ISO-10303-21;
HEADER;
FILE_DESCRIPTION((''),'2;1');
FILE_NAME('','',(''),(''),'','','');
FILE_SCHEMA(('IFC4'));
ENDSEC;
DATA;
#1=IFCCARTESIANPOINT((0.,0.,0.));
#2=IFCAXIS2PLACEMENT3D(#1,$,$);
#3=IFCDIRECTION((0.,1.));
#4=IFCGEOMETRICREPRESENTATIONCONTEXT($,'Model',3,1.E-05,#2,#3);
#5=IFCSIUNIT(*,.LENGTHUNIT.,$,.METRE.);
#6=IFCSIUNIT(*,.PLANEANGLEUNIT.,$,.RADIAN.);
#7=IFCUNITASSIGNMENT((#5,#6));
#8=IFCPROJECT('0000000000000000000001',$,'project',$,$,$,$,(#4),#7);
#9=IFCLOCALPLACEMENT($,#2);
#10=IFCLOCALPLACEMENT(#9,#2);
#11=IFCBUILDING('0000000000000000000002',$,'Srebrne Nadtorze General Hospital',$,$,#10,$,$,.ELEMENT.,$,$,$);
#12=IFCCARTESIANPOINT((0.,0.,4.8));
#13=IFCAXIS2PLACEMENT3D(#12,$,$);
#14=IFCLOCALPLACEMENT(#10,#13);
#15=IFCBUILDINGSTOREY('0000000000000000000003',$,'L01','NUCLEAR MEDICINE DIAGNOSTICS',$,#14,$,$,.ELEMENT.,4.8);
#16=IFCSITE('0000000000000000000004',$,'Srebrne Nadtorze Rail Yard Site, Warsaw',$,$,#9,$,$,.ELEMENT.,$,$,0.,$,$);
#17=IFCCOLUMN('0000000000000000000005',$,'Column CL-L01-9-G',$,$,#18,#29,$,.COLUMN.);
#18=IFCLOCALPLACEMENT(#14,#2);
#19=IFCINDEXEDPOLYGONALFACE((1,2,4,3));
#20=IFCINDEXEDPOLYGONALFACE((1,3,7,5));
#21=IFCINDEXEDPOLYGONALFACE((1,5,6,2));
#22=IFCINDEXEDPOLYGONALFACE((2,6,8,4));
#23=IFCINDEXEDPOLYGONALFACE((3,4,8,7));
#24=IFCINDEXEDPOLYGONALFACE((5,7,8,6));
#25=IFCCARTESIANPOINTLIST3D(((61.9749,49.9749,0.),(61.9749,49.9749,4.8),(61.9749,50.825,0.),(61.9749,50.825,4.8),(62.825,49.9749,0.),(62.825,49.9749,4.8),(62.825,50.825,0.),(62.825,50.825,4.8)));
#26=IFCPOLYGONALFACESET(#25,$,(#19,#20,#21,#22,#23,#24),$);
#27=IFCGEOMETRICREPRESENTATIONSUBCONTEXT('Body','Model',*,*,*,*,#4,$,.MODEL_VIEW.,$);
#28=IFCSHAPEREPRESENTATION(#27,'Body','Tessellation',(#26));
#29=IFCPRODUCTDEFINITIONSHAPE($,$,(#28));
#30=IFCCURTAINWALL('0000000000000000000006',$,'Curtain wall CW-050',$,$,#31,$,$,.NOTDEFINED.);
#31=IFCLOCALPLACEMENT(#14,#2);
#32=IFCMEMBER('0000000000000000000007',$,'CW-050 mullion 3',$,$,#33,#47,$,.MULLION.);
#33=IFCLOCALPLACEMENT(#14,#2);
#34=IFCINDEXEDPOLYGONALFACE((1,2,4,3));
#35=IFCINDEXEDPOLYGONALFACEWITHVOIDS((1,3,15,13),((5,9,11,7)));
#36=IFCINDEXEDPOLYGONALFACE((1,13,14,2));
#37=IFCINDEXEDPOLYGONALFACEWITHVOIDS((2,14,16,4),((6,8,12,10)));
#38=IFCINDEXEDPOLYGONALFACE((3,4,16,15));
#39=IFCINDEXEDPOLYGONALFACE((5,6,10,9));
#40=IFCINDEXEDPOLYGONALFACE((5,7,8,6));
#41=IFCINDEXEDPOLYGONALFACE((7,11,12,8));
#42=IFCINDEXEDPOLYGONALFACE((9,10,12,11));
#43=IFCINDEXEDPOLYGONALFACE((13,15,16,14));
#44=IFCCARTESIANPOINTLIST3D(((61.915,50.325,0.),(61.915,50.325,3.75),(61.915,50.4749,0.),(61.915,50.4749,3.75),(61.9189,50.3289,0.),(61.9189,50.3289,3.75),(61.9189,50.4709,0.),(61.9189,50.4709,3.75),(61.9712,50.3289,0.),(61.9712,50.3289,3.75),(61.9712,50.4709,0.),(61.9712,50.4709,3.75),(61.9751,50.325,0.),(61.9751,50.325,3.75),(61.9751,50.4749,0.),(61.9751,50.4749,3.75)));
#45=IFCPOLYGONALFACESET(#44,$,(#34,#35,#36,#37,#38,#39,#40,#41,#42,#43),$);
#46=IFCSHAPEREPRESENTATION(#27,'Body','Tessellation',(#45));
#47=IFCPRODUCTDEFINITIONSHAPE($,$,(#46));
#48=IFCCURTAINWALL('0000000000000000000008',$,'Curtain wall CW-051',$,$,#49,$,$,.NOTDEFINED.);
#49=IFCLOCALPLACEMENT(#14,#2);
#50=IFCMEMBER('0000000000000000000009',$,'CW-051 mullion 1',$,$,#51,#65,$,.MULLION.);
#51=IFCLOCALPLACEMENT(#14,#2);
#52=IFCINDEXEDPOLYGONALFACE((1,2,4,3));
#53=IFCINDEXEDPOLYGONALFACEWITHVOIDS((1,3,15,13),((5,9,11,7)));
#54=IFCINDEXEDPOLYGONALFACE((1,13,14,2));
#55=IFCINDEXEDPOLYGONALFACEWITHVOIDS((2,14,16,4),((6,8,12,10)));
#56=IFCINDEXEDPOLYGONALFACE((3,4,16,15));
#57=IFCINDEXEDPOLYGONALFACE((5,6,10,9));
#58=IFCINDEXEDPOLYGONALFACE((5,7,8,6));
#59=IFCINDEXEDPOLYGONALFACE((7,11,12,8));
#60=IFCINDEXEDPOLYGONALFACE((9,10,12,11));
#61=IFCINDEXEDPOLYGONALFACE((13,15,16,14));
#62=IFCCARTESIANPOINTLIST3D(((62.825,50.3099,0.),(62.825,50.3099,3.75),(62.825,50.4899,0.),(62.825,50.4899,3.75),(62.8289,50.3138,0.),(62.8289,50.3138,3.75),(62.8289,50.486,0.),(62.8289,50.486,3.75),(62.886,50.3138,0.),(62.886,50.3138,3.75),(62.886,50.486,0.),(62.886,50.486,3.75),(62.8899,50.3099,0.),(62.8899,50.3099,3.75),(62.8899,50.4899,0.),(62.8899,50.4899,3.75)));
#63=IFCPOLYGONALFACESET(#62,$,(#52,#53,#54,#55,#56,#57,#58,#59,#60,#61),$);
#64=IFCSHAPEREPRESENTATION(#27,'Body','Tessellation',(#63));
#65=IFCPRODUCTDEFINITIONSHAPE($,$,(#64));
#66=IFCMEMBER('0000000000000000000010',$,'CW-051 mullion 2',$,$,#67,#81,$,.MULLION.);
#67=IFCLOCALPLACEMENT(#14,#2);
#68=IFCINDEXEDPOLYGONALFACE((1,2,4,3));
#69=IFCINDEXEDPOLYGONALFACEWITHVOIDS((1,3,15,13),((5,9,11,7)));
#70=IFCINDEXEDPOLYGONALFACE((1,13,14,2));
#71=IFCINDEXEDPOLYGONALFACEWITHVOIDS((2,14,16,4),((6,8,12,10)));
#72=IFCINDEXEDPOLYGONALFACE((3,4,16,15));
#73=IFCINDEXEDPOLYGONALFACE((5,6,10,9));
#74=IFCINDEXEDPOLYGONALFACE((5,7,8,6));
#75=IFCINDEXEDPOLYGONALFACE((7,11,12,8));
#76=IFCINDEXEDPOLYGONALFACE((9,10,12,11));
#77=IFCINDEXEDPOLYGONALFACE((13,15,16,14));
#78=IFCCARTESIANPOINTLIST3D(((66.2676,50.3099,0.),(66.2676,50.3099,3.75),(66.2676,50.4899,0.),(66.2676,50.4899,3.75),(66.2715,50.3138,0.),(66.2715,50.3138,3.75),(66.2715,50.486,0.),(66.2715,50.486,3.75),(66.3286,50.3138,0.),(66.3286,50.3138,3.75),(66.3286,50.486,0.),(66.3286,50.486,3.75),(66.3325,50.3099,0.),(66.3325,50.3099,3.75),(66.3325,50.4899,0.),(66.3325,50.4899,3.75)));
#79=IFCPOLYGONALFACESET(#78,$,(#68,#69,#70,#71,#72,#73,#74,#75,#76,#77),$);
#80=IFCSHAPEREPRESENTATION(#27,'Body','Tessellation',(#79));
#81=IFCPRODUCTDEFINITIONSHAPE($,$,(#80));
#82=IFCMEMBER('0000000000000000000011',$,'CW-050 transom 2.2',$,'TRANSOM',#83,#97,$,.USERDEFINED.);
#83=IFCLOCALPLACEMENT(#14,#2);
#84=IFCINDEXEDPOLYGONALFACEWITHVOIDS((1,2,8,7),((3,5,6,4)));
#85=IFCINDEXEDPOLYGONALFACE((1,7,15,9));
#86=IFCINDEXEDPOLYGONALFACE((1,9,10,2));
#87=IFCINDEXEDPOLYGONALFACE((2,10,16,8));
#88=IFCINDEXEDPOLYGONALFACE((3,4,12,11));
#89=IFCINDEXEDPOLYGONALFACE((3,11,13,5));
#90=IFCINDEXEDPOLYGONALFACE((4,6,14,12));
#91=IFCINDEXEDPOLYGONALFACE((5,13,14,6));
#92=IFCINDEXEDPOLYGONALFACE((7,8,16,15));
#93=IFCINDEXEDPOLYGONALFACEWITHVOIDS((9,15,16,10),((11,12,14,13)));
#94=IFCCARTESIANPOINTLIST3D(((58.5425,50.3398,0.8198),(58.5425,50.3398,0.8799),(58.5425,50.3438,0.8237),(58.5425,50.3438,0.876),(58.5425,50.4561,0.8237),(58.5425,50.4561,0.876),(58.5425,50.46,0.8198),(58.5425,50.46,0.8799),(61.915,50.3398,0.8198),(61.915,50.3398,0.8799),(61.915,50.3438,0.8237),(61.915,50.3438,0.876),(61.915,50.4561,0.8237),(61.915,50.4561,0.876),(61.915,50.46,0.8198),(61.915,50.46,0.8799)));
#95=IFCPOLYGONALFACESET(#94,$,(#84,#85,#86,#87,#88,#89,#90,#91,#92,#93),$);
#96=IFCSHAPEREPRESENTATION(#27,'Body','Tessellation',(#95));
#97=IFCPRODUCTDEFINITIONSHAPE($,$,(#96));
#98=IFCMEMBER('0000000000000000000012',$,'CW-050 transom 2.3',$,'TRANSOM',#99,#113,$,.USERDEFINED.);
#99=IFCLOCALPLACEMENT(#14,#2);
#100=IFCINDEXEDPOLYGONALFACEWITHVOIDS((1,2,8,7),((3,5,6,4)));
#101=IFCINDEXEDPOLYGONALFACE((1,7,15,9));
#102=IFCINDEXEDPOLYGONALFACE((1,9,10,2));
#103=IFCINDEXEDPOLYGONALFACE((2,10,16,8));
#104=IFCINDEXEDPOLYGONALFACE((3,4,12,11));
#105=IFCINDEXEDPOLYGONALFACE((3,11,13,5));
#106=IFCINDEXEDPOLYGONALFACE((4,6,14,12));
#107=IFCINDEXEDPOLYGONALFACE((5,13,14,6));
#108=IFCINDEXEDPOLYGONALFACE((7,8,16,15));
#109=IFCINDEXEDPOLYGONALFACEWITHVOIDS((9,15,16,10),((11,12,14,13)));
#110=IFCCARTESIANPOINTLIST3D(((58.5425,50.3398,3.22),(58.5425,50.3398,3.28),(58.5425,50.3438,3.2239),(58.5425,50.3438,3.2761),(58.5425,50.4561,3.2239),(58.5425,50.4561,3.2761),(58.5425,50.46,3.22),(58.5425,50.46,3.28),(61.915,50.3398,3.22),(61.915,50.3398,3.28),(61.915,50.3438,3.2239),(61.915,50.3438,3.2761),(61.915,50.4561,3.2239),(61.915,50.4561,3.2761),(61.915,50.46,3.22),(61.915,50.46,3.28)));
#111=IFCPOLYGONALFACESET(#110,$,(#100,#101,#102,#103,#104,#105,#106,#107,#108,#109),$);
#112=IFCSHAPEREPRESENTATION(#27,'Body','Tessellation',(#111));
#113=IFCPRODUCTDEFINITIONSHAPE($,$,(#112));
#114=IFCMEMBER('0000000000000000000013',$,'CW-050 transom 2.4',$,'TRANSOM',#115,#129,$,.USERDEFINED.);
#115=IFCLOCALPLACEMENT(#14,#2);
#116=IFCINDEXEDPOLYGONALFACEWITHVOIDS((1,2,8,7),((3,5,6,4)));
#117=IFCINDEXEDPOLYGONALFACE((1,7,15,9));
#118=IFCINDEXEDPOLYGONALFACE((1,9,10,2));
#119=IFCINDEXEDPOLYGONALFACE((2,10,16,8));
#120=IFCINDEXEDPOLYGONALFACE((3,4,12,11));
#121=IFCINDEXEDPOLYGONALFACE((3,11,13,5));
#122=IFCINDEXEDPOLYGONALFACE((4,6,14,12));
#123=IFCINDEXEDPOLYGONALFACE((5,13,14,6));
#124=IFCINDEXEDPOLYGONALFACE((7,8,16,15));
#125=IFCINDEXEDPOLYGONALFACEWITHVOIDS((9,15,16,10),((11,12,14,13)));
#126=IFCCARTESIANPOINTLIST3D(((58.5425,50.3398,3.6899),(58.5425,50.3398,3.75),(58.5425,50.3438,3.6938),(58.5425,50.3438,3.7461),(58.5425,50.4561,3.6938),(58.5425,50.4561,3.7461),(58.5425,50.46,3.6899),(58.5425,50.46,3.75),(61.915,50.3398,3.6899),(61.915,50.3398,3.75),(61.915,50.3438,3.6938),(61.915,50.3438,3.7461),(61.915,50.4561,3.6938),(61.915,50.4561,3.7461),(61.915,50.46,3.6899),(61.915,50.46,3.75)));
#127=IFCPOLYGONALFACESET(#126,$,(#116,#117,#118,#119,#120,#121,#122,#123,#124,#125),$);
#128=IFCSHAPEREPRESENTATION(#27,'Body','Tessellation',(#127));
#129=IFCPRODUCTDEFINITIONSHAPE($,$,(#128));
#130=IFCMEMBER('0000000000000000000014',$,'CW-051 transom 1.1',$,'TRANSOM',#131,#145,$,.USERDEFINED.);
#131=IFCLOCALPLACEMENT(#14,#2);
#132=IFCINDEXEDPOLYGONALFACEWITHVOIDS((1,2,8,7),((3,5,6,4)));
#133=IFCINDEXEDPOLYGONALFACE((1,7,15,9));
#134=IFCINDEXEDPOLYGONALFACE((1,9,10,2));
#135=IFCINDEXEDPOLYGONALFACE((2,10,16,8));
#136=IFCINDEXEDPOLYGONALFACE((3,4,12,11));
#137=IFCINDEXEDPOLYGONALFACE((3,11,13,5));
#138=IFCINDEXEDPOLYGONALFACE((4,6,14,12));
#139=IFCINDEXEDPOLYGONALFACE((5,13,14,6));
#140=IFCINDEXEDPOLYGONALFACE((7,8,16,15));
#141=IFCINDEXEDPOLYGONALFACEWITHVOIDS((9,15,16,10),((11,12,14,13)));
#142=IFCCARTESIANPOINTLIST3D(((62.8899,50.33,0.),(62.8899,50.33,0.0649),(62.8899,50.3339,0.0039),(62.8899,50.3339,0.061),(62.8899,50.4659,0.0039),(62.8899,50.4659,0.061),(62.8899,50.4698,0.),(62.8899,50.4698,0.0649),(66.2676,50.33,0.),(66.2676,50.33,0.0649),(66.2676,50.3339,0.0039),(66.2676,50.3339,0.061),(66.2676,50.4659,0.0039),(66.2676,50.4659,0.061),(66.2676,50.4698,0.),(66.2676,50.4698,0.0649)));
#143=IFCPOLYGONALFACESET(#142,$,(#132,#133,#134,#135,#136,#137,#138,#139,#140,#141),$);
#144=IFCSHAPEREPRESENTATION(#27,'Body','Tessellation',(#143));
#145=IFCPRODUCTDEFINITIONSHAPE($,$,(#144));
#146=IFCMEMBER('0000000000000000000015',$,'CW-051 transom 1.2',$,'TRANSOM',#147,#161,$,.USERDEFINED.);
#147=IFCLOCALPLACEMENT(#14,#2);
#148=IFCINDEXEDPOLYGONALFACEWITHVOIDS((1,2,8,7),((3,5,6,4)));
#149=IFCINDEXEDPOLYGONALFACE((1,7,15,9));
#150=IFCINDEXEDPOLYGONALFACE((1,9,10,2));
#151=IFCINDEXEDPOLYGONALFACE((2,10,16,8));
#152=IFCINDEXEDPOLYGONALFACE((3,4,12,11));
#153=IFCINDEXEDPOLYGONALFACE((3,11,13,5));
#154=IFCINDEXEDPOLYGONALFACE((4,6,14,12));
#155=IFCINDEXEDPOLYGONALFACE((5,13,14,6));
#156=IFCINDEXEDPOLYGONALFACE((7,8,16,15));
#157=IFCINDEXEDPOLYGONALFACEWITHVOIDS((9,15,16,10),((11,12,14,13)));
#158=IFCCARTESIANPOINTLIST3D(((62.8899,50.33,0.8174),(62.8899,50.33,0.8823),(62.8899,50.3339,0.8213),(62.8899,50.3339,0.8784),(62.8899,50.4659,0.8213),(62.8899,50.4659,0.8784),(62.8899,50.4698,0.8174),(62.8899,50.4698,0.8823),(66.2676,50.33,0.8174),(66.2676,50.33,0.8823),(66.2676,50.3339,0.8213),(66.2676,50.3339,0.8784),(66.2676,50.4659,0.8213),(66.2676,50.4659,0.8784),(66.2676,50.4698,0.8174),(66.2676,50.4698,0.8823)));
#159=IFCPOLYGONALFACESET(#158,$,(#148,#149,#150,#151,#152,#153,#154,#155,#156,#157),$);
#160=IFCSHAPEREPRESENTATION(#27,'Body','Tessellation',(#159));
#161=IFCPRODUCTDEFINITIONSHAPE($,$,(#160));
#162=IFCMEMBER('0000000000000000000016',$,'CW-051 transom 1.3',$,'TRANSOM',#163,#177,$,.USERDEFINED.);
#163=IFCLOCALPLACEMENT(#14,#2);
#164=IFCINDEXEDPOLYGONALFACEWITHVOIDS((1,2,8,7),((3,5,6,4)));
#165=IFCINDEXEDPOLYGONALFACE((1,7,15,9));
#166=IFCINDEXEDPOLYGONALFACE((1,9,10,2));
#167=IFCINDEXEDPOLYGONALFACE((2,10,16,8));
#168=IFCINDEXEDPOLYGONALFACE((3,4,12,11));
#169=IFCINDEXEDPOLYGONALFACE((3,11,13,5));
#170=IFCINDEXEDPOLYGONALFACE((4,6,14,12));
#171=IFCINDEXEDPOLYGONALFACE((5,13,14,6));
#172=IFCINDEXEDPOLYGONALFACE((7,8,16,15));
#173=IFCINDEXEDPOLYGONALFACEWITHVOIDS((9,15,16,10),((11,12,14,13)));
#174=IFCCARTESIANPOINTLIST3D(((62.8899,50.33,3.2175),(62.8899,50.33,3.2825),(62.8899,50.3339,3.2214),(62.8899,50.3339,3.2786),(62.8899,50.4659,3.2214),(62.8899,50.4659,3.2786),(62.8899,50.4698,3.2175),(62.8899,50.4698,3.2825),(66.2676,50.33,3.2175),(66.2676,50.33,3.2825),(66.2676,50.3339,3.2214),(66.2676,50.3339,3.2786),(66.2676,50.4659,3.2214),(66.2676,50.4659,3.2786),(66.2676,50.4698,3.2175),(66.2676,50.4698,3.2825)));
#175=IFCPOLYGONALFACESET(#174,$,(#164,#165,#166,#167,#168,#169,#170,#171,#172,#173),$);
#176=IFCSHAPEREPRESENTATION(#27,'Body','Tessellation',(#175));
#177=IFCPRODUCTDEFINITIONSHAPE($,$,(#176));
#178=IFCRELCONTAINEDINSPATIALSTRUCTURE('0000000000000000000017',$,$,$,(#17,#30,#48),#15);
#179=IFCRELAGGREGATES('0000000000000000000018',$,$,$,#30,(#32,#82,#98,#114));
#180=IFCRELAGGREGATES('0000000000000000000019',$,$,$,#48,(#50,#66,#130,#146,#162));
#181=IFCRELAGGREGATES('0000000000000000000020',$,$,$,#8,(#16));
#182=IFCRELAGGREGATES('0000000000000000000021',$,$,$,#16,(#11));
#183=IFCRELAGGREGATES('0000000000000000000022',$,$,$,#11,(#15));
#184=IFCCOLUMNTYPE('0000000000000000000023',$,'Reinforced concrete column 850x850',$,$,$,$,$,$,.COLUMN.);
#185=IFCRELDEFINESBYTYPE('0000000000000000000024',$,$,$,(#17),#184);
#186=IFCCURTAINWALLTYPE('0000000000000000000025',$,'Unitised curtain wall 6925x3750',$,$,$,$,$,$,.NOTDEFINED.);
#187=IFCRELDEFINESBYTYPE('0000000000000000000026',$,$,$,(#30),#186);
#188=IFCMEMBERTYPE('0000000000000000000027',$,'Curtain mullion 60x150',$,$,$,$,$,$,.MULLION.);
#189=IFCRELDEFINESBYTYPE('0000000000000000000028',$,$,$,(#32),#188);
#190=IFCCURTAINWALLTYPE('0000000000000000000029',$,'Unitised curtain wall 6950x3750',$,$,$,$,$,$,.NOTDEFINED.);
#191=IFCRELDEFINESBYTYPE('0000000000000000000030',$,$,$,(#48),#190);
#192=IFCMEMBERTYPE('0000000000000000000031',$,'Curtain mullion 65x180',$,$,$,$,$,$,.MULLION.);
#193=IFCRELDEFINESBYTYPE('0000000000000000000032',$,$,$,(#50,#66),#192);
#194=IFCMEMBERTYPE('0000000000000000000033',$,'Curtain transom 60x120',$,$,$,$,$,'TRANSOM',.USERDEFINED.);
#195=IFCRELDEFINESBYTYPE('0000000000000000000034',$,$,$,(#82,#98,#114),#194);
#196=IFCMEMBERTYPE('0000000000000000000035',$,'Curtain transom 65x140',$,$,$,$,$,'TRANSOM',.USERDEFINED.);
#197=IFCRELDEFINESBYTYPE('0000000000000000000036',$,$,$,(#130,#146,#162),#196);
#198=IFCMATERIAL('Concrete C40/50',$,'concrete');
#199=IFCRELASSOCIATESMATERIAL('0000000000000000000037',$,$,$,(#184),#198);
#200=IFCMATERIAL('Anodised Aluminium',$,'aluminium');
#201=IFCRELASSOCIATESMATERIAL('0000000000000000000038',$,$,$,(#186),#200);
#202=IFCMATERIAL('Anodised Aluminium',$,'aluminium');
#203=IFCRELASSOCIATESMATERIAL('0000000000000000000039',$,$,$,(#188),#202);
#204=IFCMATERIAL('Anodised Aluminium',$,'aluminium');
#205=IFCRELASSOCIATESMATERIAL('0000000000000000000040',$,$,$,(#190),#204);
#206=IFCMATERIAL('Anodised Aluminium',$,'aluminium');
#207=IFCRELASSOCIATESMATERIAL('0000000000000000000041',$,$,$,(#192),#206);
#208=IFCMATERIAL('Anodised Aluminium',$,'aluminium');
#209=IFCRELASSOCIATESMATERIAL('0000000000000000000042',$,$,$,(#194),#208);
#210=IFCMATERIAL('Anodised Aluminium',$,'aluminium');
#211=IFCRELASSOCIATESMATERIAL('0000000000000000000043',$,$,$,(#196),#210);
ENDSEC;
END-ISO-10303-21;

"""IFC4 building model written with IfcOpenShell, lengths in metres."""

from ifc_helpers import new_model, si_unit, direction, frame, origin, origin_2d, place, context, subcontext, project, spatial, rectangle, hollow_rectangle, extrude, material, material_profile, profile_set, type_object, element, aggregate, save


model = new_model("IFC4")

# Units and contexts
model_context = context("Model", 3, precision=1e-05, world=origin(), true_north=direction((0.0, 1.0)))
body_context = subcontext(model_context, "Body", "Model", "MODEL_VIEW")
ifc_project = project(units=[si_unit("LENGTHUNIT", "METRE"), si_unit("PLANEANGLEUNIT", "RADIAN")], contexts=[model_context])

# Site, building, storey
site_placement = place(None, origin())
site = spatial("IfcSite", under=ifc_project, at=site_placement, Name="Srebrne Nadtorze Rail Yard Site, Warsaw", CompositionType="ELEMENT", RefElevation=0.0)
building_placement = place(site_placement, origin())
building = spatial("IfcBuilding", under=site, at=building_placement, Name="Srebrne Nadtorze General Hospital", CompositionType="ELEMENT")
storey_placement = place(building_placement, frame((0.0, 0.0, 4.8)))
storey = spatial("IfcBuildingStorey", under=building, at=storey_placement, Name="L01", Description="NUCLEAR MEDICINE DIAGNOSTICS", CompositionType="ELEMENT", Elevation=4.8)

# Column
ifc_material_1 = material(Name="Concrete C40/50", Category="concrete")
ifc_material_profile_1 = material_profile(ifc_material_1, rectangle(XDim=0.8501, YDim=0.8501, at=origin_2d()), Name="RC-COL-850x850")
ifc_profile_set_1 = profile_set([ifc_material_profile_1], Name="Concrete C40/50")
column_type = type_object("IfcColumnType", Name="Reinforced concrete column 850x850", PredefinedType="COLUMN", material=ifc_profile_set_1)
column_placement = place(storey_placement, frame((62.3999, 50.3999, 0.0), z_axis=(0.0, 0.0, 1.0), x_axis=(1.0, 0.0, 0.0)))
element("IfcColumn", 1, at=column_placement, inside=storey, type_object=column_type, Name="Column CL-L01-9-G", PredefinedType="COLUMN", context=body_context, shape_type="SweptSolid", body=[
    extrude(rectangle(XDim=0.8501, YDim=0.8501, at=origin_2d()), origin(), (0.0, 0.0, 1.0), 4.8),
])

# Curtain wall, member
ifc_material_2 = material(Name="Anodised Aluminium", Category="aluminium")
curtain_wall_type_1 = type_object("IfcCurtainWallType", Name="Unitised curtain wall 6925x3750", PredefinedType="NOTDEFINED", material=ifc_material_2)
curtain_wall_1_placement = place(storey_placement, origin())
curtain_wall_1 = element("IfcCurtainWall", 2, at=curtain_wall_1_placement, inside=storey, type_object=curtain_wall_type_1, Name="Curtain wall CW-050", PredefinedType="NOTDEFINED")
ifc_material_3 = material(Name="Anodised Aluminium", Category="aluminium")
ifc_material_profile_2 = material_profile(ifc_material_3, hollow_rectangle(XDim=0.0601, YDim=0.1499, WallThickness=0.0039, at=origin_2d()), Name="AL-MUL-60x150")
ifc_profile_set_2 = profile_set([ifc_material_profile_2], Name="Anodised Aluminium")
member_type_1 = type_object("IfcMemberType", Name="Curtain mullion 60x150", PredefinedType="MULLION", material=ifc_profile_set_2)
member_1_placement = place(storey_placement, frame((61.9451, 50.3999, 0.0), z_axis=(0.0, 0.0, 1.0), x_axis=(1.0, 0.0, 0.0)))
member_1 = element("IfcMember", 3, at=member_1_placement, type_object=member_type_1, Name="CW-050 mullion 3", PredefinedType="MULLION", context=body_context, shape_type="SweptSolid", body=[
    extrude(hollow_rectangle(XDim=0.0601, YDim=0.1499, WallThickness=0.0039, at=origin_2d()), origin(), (0.0, 0.0, 1.0), 3.75),
])

# Curtain wall, members
ifc_material_4 = material(Name="Anodised Aluminium", Category="aluminium")
curtain_wall_type_2 = type_object("IfcCurtainWallType", Name="Unitised curtain wall 6950x3750", PredefinedType="NOTDEFINED", material=ifc_material_4)
curtain_wall_2_placement = place(storey_placement, origin())
curtain_wall_2 = element("IfcCurtainWall", 4, at=curtain_wall_2_placement, inside=storey, type_object=curtain_wall_type_2, Name="Curtain wall CW-051", PredefinedType="NOTDEFINED")
ifc_material_5 = material(Name="Anodised Aluminium", Category="aluminium")
ifc_material_profile_3 = material_profile(ifc_material_5, hollow_rectangle(XDim=0.0649, YDim=0.1799, WallThickness=0.0039, at=origin_2d()), Name="AL-MUL-65x180")
ifc_profile_set_3 = profile_set([ifc_material_profile_3], Name="Anodised Aluminium")
member_type_2 = type_object("IfcMemberType", Name="Curtain mullion 65x180", PredefinedType="MULLION", material=ifc_profile_set_3)
member_2_placement = place(storey_placement, frame((62.8574, 50.3999, 0.0), z_axis=(0.0, 0.0, 1.0), x_axis=(1.0, 0.0, 0.0)))
member_2 = element("IfcMember", 5, at=member_2_placement, type_object=member_type_2, Name="CW-051 mullion 1", PredefinedType="MULLION", context=body_context, shape_type="SweptSolid", body=[
    extrude(hollow_rectangle(XDim=0.0649, YDim=0.1799, WallThickness=0.0039, at=origin_2d()), origin(), (0.0, 0.0, 1.0), 3.75),
])
member_3_placement = place(storey_placement, frame((66.3, 50.3999, 0.0), z_axis=(0.0, 0.0, 1.0), x_axis=(1.0, 0.0, 0.0)))
member_3 = element("IfcMember", 6, at=member_3_placement, type_object=member_type_2, Name="CW-051 mullion 2", PredefinedType="MULLION", context=body_context, shape_type="SweptSolid", body=[
    extrude(hollow_rectangle(XDim=0.0649, YDim=0.1799, WallThickness=0.0039, at=origin_2d()), origin(), (0.0, 0.0, 1.0), 3.75),
])

# Members
ifc_material_6 = material(Name="Anodised Aluminium", Category="aluminium")
ifc_material_profile_4 = material_profile(ifc_material_6, hollow_rectangle(XDim=0.0601, YDim=0.1201, WallThickness=0.0039, at=origin_2d()), Name="AL-TRN-60x120")
ifc_profile_set_4 = profile_set([ifc_material_profile_4], Name="Anodised Aluminium")
member_type_3 = type_object("IfcMemberType", Name="Curtain transom 60x120", ElementType="TRANSOM", PredefinedType="USERDEFINED", material=ifc_profile_set_4)
member_4_placement = place(storey_placement, frame((58.5425, 50.3999, 0.8499), z_axis=(1.0, 0.0, 0.0), x_axis=(0.0, 0.0, 1.0)))
member_4 = element("IfcMember", 7, at=member_4_placement, type_object=member_type_3, Name="CW-050 transom 2.2", ObjectType="TRANSOM", PredefinedType="USERDEFINED", context=body_context, shape_type="SweptSolid", body=[
    extrude(hollow_rectangle(XDim=0.0601, YDim=0.1201, WallThickness=0.0039, at=origin_2d()), origin(), (0.0, 0.0, 1.0), 3.3726),
])
member_5_placement = place(storey_placement, frame((58.5425, 50.3999, 3.25), z_axis=(1.0, 0.0, 0.0), x_axis=(0.0, 0.0, 1.0)))
member_5 = element("IfcMember", 8, at=member_5_placement, type_object=member_type_3, Name="CW-050 transom 2.3", ObjectType="TRANSOM", PredefinedType="USERDEFINED", context=body_context, shape_type="SweptSolid", body=[
    extrude(hollow_rectangle(XDim=0.0601, YDim=0.1201, WallThickness=0.0039, at=origin_2d()), origin(), (0.0, 0.0, 1.0), 3.3726),
])
member_6_placement = place(storey_placement, frame((58.5425, 50.3999, 3.72), z_axis=(1.0, 0.0, 0.0), x_axis=(0.0, 0.0, 1.0)))
member_6 = element("IfcMember", 9, at=member_6_placement, type_object=member_type_3, Name="CW-050 transom 2.4", ObjectType="TRANSOM", PredefinedType="USERDEFINED", context=body_context, shape_type="SweptSolid", body=[
    extrude(hollow_rectangle(XDim=0.0601, YDim=0.1201, WallThickness=0.0039, at=origin_2d()), origin(), (0.0, 0.0, 1.0), 3.3726),
])
ifc_material_7 = material(Name="Anodised Aluminium", Category="aluminium")
ifc_material_profile_5 = material_profile(ifc_material_7, hollow_rectangle(XDim=0.0649, YDim=0.1399, WallThickness=0.0039, at=origin_2d()), Name="AL-TRN-65x140")
ifc_profile_set_5 = profile_set([ifc_material_profile_5], Name="Anodised Aluminium")
member_type_4 = type_object("IfcMemberType", Name="Curtain transom 65x140", ElementType="TRANSOM", PredefinedType="USERDEFINED", material=ifc_profile_set_5)
member_7_placement = place(storey_placement, frame((62.8899, 50.3999, 0.0325), z_axis=(1.0, 0.0, 0.0), x_axis=(0.0, 0.0, 1.0)))
member_7 = element("IfcMember", 10, at=member_7_placement, type_object=member_type_4, Name="CW-051 transom 1.1", ObjectType="TRANSOM", PredefinedType="USERDEFINED", context=body_context, shape_type="SweptSolid", body=[
    extrude(hollow_rectangle(XDim=0.0649, YDim=0.1399, WallThickness=0.0039, at=origin_2d()), origin(), (0.0, 0.0, 1.0), 3.3777),
])
member_8_placement = place(storey_placement, frame((62.8899, 50.3999, 0.8499), z_axis=(1.0, 0.0, 0.0), x_axis=(0.0, 0.0, 1.0)))
member_8 = element("IfcMember", 11, at=member_8_placement, type_object=member_type_4, Name="CW-051 transom 1.2", ObjectType="TRANSOM", PredefinedType="USERDEFINED", context=body_context, shape_type="SweptSolid", body=[
    extrude(hollow_rectangle(XDim=0.0649, YDim=0.1399, WallThickness=0.0039, at=origin_2d()), origin(), (0.0, 0.0, 1.0), 3.3777),
])
member_9_placement = place(storey_placement, frame((62.8899, 50.3999, 3.25), z_axis=(1.0, 0.0, 0.0), x_axis=(0.0, 0.0, 1.0)))
member_9 = element("IfcMember", 12, at=member_9_placement, type_object=member_type_4, Name="CW-051 transom 1.3", ObjectType="TRANSOM", PredefinedType="USERDEFINED", context=body_context, shape_type="SweptSolid", body=[
    extrude(hollow_rectangle(XDim=0.0649, YDim=0.1399, WallThickness=0.0039, at=origin_2d()), origin(), (0.0, 0.0, 1.0), 3.3777),
])

aggregate(curtain_wall_1, [member_1, member_4, member_5, member_6])
aggregate(curtain_wall_2, [member_2, member_3, member_7, member_8, member_9])

save(model, "model.ifc")
